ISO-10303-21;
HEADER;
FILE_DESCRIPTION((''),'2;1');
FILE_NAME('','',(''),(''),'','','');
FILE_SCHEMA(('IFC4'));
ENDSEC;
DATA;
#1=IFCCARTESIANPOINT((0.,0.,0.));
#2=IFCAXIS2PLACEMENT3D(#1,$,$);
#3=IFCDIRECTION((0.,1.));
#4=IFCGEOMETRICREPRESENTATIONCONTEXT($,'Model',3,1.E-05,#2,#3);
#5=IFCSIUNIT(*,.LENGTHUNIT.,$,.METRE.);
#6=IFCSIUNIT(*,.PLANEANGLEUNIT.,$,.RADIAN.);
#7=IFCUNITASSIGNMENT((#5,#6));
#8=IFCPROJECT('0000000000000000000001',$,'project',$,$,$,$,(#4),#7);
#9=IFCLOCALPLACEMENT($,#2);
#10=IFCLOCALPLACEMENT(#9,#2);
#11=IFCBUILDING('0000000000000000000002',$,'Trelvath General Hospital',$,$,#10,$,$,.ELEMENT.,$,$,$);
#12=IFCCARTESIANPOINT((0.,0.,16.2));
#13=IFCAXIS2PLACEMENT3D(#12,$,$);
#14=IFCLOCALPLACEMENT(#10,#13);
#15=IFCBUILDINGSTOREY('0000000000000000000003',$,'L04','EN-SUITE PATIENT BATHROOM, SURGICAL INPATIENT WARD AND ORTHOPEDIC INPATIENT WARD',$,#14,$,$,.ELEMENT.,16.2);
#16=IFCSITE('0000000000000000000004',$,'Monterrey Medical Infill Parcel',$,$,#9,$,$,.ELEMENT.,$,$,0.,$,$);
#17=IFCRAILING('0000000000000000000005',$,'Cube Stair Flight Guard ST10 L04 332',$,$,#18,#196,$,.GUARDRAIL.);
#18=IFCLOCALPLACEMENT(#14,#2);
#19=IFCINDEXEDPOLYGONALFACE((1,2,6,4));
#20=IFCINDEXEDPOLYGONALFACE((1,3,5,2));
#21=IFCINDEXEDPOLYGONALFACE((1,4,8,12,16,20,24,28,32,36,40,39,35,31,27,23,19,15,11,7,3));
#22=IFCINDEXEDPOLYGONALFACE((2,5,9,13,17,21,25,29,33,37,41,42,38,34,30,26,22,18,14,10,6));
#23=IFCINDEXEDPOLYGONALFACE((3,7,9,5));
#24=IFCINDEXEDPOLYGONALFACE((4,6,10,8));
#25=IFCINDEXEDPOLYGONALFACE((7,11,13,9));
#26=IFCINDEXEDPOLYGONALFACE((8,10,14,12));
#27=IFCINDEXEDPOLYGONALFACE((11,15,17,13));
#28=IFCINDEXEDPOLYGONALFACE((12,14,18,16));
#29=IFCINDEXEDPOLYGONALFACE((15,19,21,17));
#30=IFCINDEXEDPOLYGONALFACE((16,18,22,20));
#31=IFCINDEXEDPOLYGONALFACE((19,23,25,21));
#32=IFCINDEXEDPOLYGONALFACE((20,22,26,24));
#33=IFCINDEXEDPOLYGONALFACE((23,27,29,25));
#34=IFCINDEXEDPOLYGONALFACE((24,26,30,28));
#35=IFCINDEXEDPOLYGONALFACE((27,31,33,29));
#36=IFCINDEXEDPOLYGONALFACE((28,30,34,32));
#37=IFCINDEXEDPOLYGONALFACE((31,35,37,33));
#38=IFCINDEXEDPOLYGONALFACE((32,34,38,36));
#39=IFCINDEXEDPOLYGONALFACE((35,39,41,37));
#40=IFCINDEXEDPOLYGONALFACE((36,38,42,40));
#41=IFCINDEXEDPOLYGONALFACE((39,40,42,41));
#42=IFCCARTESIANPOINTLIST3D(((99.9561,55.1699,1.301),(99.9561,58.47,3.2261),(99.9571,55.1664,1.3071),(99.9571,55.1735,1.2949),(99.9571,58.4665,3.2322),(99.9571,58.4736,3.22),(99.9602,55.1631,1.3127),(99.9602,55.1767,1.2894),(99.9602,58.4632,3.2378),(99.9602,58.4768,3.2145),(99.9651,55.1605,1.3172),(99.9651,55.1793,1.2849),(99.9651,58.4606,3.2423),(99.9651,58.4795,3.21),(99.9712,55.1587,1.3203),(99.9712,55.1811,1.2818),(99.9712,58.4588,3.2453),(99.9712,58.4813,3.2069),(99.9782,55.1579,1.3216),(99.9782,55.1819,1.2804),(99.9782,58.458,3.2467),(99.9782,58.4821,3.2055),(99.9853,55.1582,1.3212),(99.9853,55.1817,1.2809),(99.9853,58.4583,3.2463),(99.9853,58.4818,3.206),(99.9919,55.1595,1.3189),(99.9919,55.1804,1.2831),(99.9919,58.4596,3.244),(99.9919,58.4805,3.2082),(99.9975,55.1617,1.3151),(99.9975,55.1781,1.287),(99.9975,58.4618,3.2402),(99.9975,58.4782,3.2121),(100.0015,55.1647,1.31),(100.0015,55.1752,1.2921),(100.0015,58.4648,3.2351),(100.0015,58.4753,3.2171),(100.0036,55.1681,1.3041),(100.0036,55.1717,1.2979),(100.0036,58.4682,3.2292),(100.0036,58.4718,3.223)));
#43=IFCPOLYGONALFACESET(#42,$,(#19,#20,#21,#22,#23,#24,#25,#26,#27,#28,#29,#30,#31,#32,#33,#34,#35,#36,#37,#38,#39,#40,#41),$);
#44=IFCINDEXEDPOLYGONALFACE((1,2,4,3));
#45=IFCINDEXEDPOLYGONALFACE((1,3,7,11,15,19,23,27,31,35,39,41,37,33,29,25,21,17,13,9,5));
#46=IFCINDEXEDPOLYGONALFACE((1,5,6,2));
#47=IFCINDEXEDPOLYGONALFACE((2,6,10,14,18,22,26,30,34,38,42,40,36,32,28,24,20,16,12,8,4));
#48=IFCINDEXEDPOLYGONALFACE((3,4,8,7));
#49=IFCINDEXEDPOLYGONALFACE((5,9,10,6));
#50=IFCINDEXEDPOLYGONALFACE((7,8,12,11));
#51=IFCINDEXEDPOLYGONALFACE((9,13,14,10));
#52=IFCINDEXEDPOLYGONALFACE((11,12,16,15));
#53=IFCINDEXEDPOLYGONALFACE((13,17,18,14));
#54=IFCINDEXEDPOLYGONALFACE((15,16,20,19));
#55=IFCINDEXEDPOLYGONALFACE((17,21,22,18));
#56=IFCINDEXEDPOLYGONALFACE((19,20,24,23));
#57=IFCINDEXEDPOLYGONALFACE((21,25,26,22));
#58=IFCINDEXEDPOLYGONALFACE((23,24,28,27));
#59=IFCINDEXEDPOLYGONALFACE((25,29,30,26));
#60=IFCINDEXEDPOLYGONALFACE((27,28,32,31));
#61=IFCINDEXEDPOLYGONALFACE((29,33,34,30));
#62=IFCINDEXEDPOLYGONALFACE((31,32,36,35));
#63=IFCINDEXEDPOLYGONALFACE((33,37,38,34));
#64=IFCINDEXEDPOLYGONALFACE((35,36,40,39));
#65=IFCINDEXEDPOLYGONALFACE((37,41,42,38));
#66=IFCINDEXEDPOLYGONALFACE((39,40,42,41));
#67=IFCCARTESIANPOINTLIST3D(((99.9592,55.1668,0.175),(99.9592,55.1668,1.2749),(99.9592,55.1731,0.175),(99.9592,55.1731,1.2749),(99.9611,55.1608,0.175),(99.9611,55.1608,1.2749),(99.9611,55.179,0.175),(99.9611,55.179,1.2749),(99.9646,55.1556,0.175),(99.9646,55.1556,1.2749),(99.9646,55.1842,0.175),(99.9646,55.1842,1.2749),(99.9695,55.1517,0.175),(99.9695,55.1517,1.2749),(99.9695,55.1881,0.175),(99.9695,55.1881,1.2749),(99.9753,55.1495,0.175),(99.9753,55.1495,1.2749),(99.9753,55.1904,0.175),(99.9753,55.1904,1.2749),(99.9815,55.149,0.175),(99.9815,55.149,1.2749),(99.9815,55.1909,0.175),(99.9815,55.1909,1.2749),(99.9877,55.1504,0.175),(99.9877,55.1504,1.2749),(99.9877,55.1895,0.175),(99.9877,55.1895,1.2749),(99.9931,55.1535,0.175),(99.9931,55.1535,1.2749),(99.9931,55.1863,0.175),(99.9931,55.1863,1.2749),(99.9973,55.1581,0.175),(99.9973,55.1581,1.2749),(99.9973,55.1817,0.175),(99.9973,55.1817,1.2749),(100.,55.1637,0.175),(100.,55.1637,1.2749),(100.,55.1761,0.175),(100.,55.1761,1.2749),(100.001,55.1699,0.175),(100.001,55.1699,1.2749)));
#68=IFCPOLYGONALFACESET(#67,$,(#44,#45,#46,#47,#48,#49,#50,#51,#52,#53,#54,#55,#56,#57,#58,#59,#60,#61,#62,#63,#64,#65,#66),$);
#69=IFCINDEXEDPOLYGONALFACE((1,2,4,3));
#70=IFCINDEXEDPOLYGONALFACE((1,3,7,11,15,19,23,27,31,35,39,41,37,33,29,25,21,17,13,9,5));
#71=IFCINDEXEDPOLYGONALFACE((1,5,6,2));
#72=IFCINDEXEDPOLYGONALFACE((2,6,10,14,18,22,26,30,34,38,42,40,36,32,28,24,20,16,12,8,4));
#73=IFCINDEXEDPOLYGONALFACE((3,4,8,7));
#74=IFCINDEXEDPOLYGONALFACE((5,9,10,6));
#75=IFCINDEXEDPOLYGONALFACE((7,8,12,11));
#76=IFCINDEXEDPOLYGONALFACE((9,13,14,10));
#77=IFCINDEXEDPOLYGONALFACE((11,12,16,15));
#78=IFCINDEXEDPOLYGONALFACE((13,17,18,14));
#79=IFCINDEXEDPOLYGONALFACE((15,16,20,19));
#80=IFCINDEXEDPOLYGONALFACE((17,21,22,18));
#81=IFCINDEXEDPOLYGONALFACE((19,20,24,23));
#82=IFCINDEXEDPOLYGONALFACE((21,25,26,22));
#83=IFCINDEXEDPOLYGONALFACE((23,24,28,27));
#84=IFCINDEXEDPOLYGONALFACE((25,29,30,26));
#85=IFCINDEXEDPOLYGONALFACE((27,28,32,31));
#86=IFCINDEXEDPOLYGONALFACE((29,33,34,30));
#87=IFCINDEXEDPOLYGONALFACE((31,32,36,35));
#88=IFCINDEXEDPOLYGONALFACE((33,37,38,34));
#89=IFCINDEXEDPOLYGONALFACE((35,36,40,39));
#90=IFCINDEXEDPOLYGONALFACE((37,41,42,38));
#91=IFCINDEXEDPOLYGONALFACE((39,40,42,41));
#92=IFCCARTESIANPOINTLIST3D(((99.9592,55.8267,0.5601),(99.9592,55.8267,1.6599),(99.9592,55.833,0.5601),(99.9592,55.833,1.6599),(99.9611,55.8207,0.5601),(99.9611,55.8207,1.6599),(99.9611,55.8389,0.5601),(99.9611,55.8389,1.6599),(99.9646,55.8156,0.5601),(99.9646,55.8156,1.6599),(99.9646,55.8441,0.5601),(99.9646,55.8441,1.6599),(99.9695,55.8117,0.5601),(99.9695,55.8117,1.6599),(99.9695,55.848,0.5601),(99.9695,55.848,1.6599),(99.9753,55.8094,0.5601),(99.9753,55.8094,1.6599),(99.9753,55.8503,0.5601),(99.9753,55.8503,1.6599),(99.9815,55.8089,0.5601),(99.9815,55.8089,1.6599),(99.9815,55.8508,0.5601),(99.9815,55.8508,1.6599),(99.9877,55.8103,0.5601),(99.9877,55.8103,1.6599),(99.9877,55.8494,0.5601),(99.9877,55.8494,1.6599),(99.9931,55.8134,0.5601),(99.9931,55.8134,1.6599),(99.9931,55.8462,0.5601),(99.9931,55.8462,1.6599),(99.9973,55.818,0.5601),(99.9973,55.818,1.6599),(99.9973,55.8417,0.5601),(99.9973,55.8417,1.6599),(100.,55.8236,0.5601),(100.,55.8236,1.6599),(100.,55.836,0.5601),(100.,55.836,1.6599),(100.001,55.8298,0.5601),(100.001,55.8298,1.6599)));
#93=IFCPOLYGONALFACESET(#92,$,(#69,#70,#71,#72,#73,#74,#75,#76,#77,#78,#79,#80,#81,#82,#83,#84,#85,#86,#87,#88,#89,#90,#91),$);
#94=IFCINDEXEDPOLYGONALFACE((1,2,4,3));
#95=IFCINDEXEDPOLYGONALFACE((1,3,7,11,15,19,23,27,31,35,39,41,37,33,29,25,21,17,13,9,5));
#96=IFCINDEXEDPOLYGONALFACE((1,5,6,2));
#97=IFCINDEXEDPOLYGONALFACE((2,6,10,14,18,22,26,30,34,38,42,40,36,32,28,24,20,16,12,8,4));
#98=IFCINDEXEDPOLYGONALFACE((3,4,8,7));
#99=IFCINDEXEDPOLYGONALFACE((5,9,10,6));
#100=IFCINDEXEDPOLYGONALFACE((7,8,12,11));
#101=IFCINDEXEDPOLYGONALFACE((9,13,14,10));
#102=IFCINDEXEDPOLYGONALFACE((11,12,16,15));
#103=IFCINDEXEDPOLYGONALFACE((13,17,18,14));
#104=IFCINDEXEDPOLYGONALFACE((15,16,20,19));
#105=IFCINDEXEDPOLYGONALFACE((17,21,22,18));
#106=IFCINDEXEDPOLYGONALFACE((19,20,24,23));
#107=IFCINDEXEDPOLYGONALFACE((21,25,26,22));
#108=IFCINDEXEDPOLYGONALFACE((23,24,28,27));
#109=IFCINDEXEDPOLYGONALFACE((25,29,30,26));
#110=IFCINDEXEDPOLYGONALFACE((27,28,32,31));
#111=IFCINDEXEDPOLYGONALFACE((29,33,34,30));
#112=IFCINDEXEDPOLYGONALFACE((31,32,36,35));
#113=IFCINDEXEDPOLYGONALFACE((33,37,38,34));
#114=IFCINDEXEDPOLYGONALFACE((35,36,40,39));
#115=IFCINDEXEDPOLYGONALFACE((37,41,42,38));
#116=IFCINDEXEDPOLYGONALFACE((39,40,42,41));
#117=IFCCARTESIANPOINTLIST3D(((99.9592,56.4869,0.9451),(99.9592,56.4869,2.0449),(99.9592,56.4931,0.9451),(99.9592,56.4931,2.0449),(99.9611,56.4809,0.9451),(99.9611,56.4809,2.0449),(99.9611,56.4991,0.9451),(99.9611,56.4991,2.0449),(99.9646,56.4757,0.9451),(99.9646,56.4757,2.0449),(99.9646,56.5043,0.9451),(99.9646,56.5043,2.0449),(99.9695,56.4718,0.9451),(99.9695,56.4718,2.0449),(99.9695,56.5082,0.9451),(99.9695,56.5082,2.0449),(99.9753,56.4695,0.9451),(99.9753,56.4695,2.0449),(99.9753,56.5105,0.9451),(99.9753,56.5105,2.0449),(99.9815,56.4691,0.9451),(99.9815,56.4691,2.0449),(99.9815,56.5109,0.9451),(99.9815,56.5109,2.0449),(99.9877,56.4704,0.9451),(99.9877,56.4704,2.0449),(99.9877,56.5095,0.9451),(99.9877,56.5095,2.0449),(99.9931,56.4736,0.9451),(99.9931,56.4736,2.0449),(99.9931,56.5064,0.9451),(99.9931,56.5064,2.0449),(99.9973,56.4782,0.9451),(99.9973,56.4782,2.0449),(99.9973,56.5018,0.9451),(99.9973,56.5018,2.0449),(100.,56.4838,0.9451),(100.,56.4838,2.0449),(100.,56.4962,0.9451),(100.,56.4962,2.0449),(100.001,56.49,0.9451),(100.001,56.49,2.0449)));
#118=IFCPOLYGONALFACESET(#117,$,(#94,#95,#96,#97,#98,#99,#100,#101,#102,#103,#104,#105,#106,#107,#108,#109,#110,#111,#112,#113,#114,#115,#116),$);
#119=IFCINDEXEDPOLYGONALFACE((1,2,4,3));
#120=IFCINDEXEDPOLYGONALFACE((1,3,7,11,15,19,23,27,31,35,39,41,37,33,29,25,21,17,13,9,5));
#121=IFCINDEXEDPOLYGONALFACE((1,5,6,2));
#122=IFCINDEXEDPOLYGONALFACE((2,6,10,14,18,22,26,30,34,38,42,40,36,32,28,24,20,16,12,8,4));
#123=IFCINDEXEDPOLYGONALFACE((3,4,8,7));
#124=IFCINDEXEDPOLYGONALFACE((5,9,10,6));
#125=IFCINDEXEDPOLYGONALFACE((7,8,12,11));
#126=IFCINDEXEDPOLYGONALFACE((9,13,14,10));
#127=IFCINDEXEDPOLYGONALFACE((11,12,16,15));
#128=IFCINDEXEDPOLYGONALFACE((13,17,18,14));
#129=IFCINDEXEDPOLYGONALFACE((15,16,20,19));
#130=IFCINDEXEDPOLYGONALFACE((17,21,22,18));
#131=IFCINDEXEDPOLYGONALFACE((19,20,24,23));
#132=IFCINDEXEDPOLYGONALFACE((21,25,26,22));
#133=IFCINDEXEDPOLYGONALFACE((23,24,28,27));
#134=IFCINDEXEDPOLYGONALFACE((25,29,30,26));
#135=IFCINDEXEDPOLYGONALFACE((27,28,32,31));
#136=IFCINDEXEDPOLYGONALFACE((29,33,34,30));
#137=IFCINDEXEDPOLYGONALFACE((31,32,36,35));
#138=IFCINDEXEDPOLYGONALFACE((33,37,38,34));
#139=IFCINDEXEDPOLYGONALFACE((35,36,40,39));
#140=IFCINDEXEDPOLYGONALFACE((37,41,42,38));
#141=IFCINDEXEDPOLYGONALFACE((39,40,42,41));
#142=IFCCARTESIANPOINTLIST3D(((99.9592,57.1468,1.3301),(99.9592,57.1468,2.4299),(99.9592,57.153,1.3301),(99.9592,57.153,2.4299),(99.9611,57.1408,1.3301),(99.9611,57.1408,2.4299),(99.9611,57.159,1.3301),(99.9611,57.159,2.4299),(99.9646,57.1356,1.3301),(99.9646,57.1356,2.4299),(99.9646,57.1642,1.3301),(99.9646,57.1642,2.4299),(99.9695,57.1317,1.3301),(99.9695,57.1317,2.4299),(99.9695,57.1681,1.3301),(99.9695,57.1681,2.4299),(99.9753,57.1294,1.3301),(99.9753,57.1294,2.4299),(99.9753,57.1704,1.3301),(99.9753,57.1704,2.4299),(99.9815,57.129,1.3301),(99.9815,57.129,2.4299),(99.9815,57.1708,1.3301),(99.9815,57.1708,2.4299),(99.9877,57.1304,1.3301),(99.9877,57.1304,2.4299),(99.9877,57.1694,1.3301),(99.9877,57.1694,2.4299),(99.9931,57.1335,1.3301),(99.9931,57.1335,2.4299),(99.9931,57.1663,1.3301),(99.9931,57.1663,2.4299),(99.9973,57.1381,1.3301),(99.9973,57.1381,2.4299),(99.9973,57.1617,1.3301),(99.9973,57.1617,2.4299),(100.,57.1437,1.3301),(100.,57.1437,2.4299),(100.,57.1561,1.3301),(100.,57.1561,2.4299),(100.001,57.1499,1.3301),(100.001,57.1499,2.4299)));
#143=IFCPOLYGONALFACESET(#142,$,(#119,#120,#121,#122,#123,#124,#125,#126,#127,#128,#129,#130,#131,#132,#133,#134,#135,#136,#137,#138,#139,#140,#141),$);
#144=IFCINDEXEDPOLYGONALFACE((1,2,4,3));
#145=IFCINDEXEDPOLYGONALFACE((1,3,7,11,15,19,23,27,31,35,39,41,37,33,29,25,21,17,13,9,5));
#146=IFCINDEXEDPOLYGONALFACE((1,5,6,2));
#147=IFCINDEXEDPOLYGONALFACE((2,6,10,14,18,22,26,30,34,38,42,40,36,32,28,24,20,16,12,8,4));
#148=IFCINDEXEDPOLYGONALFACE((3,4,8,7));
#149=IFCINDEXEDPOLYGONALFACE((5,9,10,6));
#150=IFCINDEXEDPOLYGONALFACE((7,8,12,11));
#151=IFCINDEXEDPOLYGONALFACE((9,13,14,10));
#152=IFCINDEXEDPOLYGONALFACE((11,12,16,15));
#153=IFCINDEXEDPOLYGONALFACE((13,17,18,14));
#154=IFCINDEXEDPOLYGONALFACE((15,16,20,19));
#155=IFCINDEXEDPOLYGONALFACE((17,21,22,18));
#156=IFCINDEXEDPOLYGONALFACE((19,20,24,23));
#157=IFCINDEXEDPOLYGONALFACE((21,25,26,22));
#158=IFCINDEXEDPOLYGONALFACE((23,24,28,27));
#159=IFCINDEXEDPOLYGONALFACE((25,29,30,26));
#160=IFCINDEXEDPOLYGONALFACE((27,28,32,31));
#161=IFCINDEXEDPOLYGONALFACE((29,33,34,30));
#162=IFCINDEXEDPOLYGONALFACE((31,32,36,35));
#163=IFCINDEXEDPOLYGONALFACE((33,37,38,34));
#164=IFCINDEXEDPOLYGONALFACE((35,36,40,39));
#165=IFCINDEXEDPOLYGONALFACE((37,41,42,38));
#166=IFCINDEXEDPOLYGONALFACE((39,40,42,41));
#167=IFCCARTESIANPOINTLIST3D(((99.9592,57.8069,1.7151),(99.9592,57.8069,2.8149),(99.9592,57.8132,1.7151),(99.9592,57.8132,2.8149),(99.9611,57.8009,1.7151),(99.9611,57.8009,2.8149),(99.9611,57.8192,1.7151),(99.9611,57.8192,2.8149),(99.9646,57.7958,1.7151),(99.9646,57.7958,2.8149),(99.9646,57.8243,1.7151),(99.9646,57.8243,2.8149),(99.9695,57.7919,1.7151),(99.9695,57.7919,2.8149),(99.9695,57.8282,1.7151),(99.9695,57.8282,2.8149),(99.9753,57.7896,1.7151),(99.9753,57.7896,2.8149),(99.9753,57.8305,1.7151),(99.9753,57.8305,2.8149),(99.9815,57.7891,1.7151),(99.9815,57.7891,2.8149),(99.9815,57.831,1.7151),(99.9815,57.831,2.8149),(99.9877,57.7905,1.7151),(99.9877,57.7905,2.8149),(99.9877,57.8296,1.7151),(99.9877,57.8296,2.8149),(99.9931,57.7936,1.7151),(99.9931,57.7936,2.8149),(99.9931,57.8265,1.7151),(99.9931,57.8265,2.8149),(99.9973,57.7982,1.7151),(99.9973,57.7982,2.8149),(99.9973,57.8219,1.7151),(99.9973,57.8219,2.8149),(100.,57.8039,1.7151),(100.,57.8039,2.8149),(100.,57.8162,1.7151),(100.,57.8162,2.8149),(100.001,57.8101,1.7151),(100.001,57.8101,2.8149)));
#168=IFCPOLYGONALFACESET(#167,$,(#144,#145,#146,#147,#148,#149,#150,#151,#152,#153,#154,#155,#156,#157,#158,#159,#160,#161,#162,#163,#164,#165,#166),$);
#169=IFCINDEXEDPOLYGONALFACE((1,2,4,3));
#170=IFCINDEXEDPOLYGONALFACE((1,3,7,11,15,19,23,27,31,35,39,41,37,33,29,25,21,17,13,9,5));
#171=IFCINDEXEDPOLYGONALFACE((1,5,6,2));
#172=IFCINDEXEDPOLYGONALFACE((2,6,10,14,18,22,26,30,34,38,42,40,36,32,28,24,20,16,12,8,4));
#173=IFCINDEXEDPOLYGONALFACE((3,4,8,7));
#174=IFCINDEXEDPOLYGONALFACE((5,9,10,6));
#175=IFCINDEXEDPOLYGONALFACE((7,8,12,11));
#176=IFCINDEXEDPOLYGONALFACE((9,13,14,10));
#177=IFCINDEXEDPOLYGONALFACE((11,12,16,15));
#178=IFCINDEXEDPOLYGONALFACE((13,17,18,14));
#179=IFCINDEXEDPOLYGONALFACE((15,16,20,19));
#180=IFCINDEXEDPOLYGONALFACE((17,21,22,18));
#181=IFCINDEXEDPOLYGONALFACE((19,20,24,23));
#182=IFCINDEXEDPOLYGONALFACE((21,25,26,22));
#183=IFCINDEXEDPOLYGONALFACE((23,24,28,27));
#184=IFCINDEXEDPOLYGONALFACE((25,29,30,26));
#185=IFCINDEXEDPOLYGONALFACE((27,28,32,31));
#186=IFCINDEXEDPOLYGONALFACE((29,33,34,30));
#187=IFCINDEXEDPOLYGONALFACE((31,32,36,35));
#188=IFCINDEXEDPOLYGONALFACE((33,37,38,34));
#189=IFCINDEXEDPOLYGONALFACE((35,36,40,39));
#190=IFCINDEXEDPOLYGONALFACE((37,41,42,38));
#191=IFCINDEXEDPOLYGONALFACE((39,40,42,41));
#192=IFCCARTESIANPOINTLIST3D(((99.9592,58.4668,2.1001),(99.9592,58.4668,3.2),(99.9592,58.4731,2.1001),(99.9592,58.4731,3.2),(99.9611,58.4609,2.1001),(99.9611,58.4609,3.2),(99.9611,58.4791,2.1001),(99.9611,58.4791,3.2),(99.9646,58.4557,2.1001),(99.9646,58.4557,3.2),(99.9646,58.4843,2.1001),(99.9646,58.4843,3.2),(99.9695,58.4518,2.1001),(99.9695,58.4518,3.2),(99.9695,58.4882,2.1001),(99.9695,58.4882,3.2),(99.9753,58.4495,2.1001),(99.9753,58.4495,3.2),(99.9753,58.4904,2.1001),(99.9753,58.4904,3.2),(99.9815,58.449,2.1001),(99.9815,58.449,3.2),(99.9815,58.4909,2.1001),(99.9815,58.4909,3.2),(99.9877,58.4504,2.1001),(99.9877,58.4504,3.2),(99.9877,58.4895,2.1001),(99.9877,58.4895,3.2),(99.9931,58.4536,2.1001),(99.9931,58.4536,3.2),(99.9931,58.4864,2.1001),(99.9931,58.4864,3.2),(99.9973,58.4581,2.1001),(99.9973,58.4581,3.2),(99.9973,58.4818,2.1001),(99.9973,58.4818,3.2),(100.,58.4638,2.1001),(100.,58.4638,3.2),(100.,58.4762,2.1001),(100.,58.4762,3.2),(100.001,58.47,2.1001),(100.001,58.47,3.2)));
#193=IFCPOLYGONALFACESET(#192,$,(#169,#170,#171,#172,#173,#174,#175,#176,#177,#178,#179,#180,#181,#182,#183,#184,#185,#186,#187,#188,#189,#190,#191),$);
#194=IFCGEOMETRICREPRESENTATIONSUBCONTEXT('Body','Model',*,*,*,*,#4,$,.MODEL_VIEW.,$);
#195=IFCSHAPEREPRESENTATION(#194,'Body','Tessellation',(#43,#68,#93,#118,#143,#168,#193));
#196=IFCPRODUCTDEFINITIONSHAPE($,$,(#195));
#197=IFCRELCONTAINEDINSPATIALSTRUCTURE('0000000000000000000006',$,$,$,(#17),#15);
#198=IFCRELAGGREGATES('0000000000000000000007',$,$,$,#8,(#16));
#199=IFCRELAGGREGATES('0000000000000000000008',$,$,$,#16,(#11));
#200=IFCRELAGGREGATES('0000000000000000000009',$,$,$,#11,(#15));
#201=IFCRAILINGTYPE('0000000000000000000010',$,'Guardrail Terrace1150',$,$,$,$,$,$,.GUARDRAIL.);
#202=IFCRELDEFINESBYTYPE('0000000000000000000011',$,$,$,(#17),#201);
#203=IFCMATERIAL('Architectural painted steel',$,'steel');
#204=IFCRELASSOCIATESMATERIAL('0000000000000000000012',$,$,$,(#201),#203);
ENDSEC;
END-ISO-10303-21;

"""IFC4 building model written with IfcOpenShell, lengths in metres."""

from ifc_helpers import new_model, si_unit, direction, frame, origin, origin_2d, place, context, subcontext, project, spatial, circle, extrude, material, type_object, element, save


model = new_model("IFC4")

# Units and contexts
model_context = context("Model", 3, precision=1e-05, world=origin(), true_north=direction((0.0, 1.0)))
body_context = subcontext(model_context, "Body", "Model", "MODEL_VIEW")
ifc_project = project(units=[si_unit("LENGTHUNIT", "METRE"), si_unit("PLANEANGLEUNIT", "RADIAN")], contexts=[model_context])

# Site, building, storey
site_placement = place(None, origin())
site = spatial("IfcSite", under=ifc_project, at=site_placement, Name="Monterrey Medical Infill Parcel", CompositionType="ELEMENT", RefElevation=0.0)
building_placement = place(site_placement, origin())
building = spatial("IfcBuilding", under=site, at=building_placement, Name="Trelvath General Hospital", CompositionType="ELEMENT")
storey_placement = place(building_placement, frame((0.0, 0.0, 16.2)))
storey = spatial("IfcBuildingStorey", under=building, at=storey_placement, Name="L04", Description="EN-SUITE PATIENT BATHROOM, SURGICAL INPATIENT WARD AND ORTHOPEDIC INPATIENT WARD", CompositionType="ELEMENT", Elevation=16.2)

# Railing
ifc_material_1 = material(Name="Architectural painted steel", Category="steel")
railing_type = type_object("IfcRailingType", Name="Guardrail Terrace1150", PredefinedType="GUARDRAIL", material=ifc_material_1)
for number, where, name in (
    (1, (99.98, 55.1699, 0.175), "Cube Stair Flight Guard ST10 L04 332"),
):
    element("IfcRailing", number, at=place(storey_placement, frame(where)), inside=storey, type_object=railing_type, Name=name, PredefinedType="GUARDRAIL", context=body_context, shape_type="SweptSolid", body=[
        extrude(circle(Radius=0.0239, at=origin_2d()), frame((0.0, 0.0, 1.126), z_axis=(0.0, 0.863777, 0.503875), x_axis=(-1.0, 0.0, 0.0)), (0.0, 0.0, 1.0), 3.8206),
        extrude(circle(Radius=0.021, at=origin_2d()), origin(), (0.0, 0.0, 1.0), 1.0999),
        extrude(circle(Radius=0.021, at=origin_2d()), frame((0.0, 0.6599, 0.385)), (0.0, 0.0, 1.0), 1.0999),
        extrude(circle(Radius=0.021, at=origin_2d()), frame((0.0, 1.3201, 0.77)), (0.0, 0.0, 1.0), 1.0999),
        extrude(circle(Radius=0.021, at=origin_2d()), frame((0.0, 1.98, 1.155)), (0.0, 0.0, 1.0), 1.0999),
        extrude(circle(Radius=0.021, at=origin_2d()), frame((0.0, 2.6401, 1.54)), (0.0, 0.0, 1.0), 1.0999),
        extrude(circle(Radius=0.021, at=origin_2d()), frame((0.0, 3.3, 1.925)), (0.0, 0.0, 1.0), 1.0999),
    ])

save(model, "model.ifc")
